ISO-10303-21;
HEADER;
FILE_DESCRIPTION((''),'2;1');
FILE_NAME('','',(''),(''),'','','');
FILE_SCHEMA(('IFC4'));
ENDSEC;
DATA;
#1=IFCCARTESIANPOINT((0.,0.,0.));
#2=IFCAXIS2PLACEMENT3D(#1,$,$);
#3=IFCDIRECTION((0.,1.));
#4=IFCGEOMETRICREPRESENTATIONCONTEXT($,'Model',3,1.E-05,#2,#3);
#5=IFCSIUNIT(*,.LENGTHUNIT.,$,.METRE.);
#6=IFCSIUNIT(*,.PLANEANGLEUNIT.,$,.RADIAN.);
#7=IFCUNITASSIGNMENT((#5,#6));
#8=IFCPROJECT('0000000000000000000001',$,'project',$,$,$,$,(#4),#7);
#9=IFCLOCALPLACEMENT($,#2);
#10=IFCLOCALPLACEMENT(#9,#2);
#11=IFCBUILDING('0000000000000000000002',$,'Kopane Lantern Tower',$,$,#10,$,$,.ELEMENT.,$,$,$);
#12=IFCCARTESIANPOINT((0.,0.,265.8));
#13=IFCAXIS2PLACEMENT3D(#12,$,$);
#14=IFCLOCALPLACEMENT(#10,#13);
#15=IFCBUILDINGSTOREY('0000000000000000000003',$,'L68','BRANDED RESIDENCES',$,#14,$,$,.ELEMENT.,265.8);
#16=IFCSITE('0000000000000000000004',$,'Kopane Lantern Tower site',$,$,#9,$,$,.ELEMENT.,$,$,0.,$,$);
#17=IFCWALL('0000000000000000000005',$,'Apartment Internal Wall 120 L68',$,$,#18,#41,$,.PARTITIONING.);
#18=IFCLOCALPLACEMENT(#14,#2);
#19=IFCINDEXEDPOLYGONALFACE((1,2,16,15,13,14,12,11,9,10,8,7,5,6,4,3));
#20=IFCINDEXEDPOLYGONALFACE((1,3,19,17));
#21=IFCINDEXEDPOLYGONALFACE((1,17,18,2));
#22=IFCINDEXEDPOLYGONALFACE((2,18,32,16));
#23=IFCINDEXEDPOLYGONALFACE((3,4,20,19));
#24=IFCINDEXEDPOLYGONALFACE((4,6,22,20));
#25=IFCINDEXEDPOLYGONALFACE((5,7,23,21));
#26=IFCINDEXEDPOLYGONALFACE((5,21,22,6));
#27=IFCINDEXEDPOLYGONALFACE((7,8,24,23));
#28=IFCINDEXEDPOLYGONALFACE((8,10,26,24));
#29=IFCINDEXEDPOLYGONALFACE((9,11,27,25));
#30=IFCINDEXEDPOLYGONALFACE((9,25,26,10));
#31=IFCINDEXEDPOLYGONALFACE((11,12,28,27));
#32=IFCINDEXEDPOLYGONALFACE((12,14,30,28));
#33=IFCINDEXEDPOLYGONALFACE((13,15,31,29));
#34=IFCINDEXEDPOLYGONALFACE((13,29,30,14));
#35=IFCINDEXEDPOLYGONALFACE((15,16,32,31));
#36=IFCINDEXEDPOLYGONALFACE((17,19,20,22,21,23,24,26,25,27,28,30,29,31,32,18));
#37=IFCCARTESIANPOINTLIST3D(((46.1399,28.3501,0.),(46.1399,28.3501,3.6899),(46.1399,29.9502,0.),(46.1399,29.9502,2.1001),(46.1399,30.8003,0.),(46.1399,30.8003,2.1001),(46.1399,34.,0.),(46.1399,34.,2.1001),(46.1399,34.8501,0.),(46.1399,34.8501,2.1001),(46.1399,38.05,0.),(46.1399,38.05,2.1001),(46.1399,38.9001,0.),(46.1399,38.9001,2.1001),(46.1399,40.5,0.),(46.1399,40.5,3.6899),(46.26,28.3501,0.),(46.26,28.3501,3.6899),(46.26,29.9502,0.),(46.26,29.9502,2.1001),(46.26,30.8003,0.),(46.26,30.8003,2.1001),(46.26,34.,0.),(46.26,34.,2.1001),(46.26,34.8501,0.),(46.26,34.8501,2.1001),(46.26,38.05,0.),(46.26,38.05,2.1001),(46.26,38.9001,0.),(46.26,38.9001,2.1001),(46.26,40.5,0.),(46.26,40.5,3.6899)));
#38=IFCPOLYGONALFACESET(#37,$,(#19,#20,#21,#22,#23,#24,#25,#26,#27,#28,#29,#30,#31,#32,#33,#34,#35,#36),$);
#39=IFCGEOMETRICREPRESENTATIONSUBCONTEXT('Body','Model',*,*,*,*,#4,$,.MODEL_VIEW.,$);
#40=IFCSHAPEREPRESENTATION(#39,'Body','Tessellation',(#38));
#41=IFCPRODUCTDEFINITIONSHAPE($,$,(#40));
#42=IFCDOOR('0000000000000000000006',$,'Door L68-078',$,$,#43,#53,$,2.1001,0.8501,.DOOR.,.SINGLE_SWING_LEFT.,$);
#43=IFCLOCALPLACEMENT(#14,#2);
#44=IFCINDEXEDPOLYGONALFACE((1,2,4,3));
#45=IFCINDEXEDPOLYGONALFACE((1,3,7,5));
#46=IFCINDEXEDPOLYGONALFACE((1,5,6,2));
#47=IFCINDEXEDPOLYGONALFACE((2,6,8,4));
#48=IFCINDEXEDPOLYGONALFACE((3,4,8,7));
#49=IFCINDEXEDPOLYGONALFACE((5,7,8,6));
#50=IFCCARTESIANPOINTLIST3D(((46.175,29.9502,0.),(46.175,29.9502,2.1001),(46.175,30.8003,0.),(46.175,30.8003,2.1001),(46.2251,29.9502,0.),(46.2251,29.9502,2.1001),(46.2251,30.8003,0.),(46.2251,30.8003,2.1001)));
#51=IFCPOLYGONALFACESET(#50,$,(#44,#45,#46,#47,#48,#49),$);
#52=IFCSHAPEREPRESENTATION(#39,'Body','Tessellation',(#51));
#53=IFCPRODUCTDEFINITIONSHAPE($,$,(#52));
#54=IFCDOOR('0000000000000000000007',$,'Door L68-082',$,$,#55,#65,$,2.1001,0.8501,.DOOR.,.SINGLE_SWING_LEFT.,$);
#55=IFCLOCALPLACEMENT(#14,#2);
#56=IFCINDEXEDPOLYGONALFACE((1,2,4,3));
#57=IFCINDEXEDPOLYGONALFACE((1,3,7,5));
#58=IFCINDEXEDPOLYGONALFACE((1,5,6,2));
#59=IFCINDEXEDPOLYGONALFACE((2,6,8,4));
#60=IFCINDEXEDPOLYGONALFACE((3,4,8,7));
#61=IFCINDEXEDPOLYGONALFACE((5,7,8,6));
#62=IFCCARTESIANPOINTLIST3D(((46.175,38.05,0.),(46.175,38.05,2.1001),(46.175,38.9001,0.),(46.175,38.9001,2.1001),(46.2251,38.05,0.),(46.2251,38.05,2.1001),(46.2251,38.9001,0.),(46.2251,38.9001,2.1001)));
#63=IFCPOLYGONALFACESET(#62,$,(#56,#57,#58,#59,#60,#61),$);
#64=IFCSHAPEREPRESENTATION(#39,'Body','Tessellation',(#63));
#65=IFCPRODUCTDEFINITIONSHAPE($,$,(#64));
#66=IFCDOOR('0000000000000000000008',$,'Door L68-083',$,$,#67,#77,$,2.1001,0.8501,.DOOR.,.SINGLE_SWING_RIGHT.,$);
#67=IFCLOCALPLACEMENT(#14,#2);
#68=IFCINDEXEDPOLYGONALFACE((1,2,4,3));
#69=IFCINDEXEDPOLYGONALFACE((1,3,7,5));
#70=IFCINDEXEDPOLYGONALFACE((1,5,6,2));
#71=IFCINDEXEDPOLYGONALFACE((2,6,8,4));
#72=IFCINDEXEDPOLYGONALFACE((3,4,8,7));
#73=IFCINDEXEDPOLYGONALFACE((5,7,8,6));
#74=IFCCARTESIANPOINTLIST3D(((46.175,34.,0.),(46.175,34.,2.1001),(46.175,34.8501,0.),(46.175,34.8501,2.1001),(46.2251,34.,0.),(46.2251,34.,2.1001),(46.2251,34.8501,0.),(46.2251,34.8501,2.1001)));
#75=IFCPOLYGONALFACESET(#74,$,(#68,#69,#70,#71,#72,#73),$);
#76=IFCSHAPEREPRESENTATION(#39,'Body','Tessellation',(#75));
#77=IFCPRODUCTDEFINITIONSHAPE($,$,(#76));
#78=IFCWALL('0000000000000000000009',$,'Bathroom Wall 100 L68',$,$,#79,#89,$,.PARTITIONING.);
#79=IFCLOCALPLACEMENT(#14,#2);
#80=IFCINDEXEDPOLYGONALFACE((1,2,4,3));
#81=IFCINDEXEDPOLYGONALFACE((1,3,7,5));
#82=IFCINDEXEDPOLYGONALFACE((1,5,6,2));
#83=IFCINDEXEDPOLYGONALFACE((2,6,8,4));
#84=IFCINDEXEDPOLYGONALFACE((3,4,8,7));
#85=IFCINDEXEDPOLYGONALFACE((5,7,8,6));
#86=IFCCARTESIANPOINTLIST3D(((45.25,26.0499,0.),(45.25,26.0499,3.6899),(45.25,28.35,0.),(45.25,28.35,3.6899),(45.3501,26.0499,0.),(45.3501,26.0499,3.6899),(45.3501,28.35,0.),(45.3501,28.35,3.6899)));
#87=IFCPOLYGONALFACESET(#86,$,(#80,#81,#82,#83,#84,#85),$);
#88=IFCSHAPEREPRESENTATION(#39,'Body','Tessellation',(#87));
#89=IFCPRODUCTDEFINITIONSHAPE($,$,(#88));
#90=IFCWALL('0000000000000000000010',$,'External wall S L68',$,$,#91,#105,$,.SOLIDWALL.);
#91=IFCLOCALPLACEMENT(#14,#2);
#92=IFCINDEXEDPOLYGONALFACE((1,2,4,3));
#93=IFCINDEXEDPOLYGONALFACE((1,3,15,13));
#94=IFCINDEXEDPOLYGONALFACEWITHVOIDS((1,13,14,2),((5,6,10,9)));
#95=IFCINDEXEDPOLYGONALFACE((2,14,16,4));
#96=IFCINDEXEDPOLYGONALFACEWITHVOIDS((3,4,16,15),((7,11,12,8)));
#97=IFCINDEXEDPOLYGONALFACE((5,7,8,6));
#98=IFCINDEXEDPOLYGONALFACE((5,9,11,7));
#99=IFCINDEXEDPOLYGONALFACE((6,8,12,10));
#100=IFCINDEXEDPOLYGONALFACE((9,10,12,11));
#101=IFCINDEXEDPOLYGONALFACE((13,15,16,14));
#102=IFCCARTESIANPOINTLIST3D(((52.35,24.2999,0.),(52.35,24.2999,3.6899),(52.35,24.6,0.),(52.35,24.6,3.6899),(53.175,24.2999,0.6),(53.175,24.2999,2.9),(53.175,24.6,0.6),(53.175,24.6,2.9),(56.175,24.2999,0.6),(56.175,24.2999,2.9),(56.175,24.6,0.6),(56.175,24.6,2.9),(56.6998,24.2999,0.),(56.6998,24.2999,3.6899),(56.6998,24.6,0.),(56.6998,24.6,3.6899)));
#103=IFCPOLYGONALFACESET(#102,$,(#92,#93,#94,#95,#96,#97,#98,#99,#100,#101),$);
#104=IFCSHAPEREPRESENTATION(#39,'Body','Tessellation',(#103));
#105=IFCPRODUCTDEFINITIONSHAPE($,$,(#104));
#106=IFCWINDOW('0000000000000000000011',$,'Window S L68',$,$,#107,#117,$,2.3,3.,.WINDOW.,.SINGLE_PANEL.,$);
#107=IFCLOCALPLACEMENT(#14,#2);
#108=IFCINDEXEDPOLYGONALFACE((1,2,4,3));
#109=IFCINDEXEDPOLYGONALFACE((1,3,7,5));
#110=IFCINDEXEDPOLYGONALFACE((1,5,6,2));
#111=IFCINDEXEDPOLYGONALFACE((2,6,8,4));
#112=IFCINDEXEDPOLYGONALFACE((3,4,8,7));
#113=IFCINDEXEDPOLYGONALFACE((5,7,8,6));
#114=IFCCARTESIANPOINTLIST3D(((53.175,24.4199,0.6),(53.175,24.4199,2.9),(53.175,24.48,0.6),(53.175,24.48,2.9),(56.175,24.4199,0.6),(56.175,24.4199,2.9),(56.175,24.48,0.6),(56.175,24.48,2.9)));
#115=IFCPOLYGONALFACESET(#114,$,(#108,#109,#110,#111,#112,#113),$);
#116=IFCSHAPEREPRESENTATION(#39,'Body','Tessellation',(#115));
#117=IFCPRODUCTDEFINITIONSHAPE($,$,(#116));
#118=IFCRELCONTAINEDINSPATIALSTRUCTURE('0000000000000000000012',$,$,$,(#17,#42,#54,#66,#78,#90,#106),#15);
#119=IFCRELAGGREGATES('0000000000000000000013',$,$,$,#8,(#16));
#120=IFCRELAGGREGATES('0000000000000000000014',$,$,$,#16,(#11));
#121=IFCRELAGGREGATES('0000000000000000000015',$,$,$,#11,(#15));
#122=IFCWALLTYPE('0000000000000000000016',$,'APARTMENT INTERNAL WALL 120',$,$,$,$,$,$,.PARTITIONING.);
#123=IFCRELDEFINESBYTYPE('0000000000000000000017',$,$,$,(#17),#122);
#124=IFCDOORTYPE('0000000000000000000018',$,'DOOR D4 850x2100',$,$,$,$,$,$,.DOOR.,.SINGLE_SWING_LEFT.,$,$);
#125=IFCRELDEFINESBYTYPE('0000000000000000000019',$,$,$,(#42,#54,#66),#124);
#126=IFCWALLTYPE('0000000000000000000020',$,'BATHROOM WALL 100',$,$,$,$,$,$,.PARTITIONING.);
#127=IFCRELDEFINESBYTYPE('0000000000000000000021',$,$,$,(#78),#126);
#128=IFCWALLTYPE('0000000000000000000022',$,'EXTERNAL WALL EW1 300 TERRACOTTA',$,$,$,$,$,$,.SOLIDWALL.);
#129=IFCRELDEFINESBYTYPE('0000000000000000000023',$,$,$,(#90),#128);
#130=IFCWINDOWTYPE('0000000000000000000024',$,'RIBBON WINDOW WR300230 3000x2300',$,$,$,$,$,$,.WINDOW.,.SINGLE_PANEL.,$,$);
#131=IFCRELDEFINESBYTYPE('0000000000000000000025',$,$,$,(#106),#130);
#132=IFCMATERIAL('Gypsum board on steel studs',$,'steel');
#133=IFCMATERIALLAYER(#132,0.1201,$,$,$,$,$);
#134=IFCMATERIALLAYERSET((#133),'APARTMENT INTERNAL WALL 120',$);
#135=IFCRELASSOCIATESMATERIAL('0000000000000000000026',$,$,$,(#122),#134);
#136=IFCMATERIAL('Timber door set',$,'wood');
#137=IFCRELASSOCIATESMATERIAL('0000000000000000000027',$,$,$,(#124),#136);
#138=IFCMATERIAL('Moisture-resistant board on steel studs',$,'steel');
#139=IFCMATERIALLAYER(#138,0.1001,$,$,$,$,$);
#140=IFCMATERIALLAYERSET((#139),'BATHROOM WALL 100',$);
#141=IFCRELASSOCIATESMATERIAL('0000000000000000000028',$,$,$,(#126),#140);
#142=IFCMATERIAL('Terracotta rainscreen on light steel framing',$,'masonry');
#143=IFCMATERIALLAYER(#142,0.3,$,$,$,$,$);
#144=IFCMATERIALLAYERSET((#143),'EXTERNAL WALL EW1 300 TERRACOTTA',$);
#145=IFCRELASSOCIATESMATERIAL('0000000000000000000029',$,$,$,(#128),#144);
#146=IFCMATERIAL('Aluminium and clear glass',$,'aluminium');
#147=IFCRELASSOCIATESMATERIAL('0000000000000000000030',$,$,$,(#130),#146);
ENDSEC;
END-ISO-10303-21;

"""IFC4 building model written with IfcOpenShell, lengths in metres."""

from ifc_helpers import new_model, si_unit, direction, frame, frame_2d, origin, place, context, subcontext, project, spatial, rectangle, extrude, material, layer, layer_set, type_object, element, fill, save


model = new_model("IFC4")

# Units and contexts
model_context = context("Model", 3, precision=1e-05, world=origin(), true_north=direction((0.0, 1.0)))
body_context = subcontext(model_context, "Body", "Model", "MODEL_VIEW")
ifc_project = project(units=[si_unit("LENGTHUNIT", "METRE"), si_unit("PLANEANGLEUNIT", "RADIAN")], contexts=[model_context])

# Site, building, storey
site_placement = place(None, origin())
site = spatial("IfcSite", under=ifc_project, at=site_placement, Name="Kopane Lantern Tower site", CompositionType="ELEMENT", RefElevation=0.0)
building_placement = place(site_placement, origin())
building = spatial("IfcBuilding", under=site, at=building_placement, Name="Kopane Lantern Tower", CompositionType="ELEMENT")
storey_placement = place(building_placement, frame((0.0, 0.0, 265.8)))
storey = spatial("IfcBuildingStorey", under=building, at=storey_placement, Name="L68", Description="BRANDED RESIDENCES", CompositionType="ELEMENT", Elevation=265.8)

# Wall, openings, doors
ifc_material_1 = material(Name="Gypsum board on steel studs", Category="steel")
ifc_layer_1 = layer(ifc_material_1, 0.1201)
ifc_layer_set_1 = layer_set([ifc_layer_1], Name="APARTMENT INTERNAL WALL 120")
wall_type_1 = type_object("IfcWallType", Name="APARTMENT INTERNAL WALL 120", PredefinedType="PARTITIONING", material=ifc_layer_set_1)
wall_1_placement = place(storey_placement, frame((46.2, 28.3501, 0.0), z_axis=(0.0, 0.0, 1.0), x_axis=(0.0, 1.0, 0.0)))
wall_1 = element("IfcWall", 1, at=wall_1_placement, inside=storey, type_object=wall_type_1, Name="Apartment Internal Wall 120 L68", PredefinedType="PARTITIONING", context=body_context, shape_type="SweptSolid", body=[
    extrude(rectangle(XDim=12.1499, YDim=0.1201, at=frame_2d((6.075, 0.0))), origin(), (0.0, 0.0, 1.0), 3.6899),
])
opening_1_placement = place(wall_1_placement, frame((1.6001, 0.0, 0.0)))
opening_1 = element("IfcOpeningElement", 2, at=opening_1_placement, cuts=wall_1, PredefinedType="OPENING", context=body_context, shape_type="SweptSolid", body=[
    extrude(rectangle(XDim=0.8501, YDim=2.1001, at=frame_2d((0.425, 1.05))), frame((0.0, 0.0701, 0.0), z_axis=(0.0, -1.0, 0.0), x_axis=(1.0, 0.0, 0.0)), (0.0, 0.0, 1.0), 0.1401),
])
opening_2_placement = place(wall_1_placement, frame((9.7, 0.0, 0.0)))
opening_2 = element("IfcOpeningElement", 3, at=opening_2_placement, cuts=wall_1, PredefinedType="OPENING", context=body_context, shape_type="SweptSolid", body=[
    extrude(rectangle(XDim=0.8501, YDim=2.1001, at=frame_2d((0.425, 1.05))), frame((0.0, 0.0701, 0.0), z_axis=(0.0, -1.0, 0.0), x_axis=(1.0, 0.0, 0.0)), (0.0, 0.0, 1.0), 0.1401),
])
opening_3_placement = place(wall_1_placement, frame((5.6499, 0.0, 0.0)))
opening_3 = element("IfcOpeningElement", 4, at=opening_3_placement, cuts=wall_1, PredefinedType="OPENING", context=body_context, shape_type="SweptSolid", body=[
    extrude(rectangle(XDim=0.8501, YDim=2.1001, at=frame_2d((0.425, 1.05))), frame((0.0, 0.0701, 0.0), z_axis=(0.0, -1.0, 0.0), x_axis=(1.0, 0.0, 0.0)), (0.0, 0.0, 1.0), 0.1401),
])
ifc_material_2 = material(Name="Timber door set", Category="wood")
door_type = type_object("IfcDoorType", Name="DOOR D4 850x2100", OperationType="SINGLE_SWING_LEFT", PredefinedType="DOOR", material=ifc_material_2)
door_1_placement = place(opening_1_placement, origin())
door_1 = element("IfcDoor", 5, at=door_1_placement, inside=storey, type_object=door_type, Name="Door L68-078", OperationType="SINGLE_SWING_LEFT", OverallHeight=2.1001, OverallWidth=0.8501, PredefinedType="DOOR", context=body_context, shape_type="SweptSolid", body=[
    extrude(rectangle(XDim=0.8501, YDim=2.1001, at=frame_2d((0.425, 1.05))), frame((0.0, 0.0249, 0.0), z_axis=(0.0, -1.0, 0.0), x_axis=(1.0, 0.0, 0.0)), (0.0, 0.0, 1.0), 0.05),
])
fill(opening_1, door_1)
door_2_placement = place(opening_2_placement, origin())
door_2 = element("IfcDoor", 6, at=door_2_placement, inside=storey, type_object=door_type, Name="Door L68-082", OperationType="SINGLE_SWING_LEFT", OverallHeight=2.1001, OverallWidth=0.8501, PredefinedType="DOOR", context=body_context, shape_type="SweptSolid", body=[
    extrude(rectangle(XDim=0.8501, YDim=2.1001, at=frame_2d((0.425, 1.05))), frame((0.0, 0.0249, 0.0), z_axis=(0.0, -1.0, 0.0), x_axis=(1.0, 0.0, 0.0)), (0.0, 0.0, 1.0), 0.05),
])
fill(opening_2, door_2)
door_3_placement = place(opening_3_placement, origin())
door_3 = element("IfcDoor", 7, at=door_3_placement, inside=storey, type_object=door_type, Name="Door L68-083", OperationType="SINGLE_SWING_RIGHT", OverallHeight=2.1001, OverallWidth=0.8501, PredefinedType="DOOR", context=body_context, shape_type="SweptSolid", body=[
    extrude(rectangle(XDim=0.8501, YDim=2.1001, at=frame_2d((0.425, 1.05))), frame((0.0, 0.0249, 0.0), z_axis=(0.0, -1.0, 0.0), x_axis=(1.0, 0.0, 0.0)), (0.0, 0.0, 1.0), 0.05),
])
fill(opening_3, door_3)

# Wall
ifc_material_3 = material(Name="Moisture-resistant board on steel studs", Category="steel")
ifc_layer_2 = layer(ifc_material_3, 0.1001)
ifc_layer_set_2 = layer_set([ifc_layer_2], Name="BATHROOM WALL 100")
wall_type_2 = type_object("IfcWallType", Name="BATHROOM WALL 100", PredefinedType="PARTITIONING", material=ifc_layer_set_2)
wall_2_placement = place(storey_placement, frame((45.3, 26.05, 0.0), z_axis=(0.0, 0.0, 1.0), x_axis=(0.0, 1.0, 0.0)))
element("IfcWall", 8, at=wall_2_placement, inside=storey, type_object=wall_type_2, Name="Bathroom Wall 100 L68", PredefinedType="PARTITIONING", context=body_context, shape_type="SweptSolid", body=[
    extrude(rectangle(XDim=2.3, YDim=0.1001, at=frame_2d((1.1499, 0.0))), origin(), (0.0, 0.0, 1.0), 3.6899),
])

# Wall, opening, window
ifc_material_4 = material(Name="Terracotta rainscreen on light steel framing", Category="masonry")
ifc_layer_3 = layer(ifc_material_4, 0.3)
ifc_layer_set_3 = layer_set([ifc_layer_3], Name="EXTERNAL WALL EW1 300 TERRACOTTA")
wall_type_3 = type_object("IfcWallType", Name="EXTERNAL WALL EW1 300 TERRACOTTA", PredefinedType="SOLIDWALL", material=ifc_layer_set_3)
wall_3_placement = place(storey_placement, frame((52.3501, 24.45, 0.0), z_axis=(0.0, 0.0, 1.0), x_axis=(1.0, 0.0, 0.0)))
wall_3 = element("IfcWall", 9, at=wall_3_placement, inside=storey, type_object=wall_type_3, Name="External wall S L68", PredefinedType="SOLIDWALL", context=body_context, shape_type="SweptSolid", body=[
    extrude(rectangle(XDim=4.3499, YDim=0.3, at=frame_2d((2.1748, 0.0))), origin(), (0.0, 0.0, 1.0), 3.6899),
])
opening_4_placement = place(wall_3_placement, frame((0.825, 0.0, 0.6001)))
opening_4 = element("IfcOpeningElement", 10, at=opening_4_placement, cuts=wall_3, PredefinedType="OPENING", context=body_context, shape_type="SweptSolid", body=[
    extrude(rectangle(XDim=3.0, YDim=2.3, at=frame_2d((1.5, 1.1499))), frame((0.0, 0.1599, 0.0), z_axis=(0.0, -1.0, 0.0), x_axis=(1.0, 0.0, 0.0)), (0.0, 0.0, 1.0), 0.3201),
])
ifc_material_5 = material(Name="Aluminium and clear glass", Category="aluminium")
window_type_1 = type_object("IfcWindowType", Name="RIBBON WINDOW WR300230 3000x2300", PartitioningType="SINGLE_PANEL", PredefinedType="WINDOW", material=ifc_material_5)
window_1_placement = place(opening_4_placement, origin())
window_1 = element("IfcWindow", 11, at=window_1_placement, inside=storey, type_object=window_type_1, Name="Window S L68", OverallHeight=2.3, OverallWidth=3.0, PartitioningType="SINGLE_PANEL", PredefinedType="WINDOW", context=body_context, shape_type="SweptSolid", body=[
    extrude(rectangle(XDim=3.0, YDim=2.3, at=frame_2d((1.5, 1.1499))), frame((0.0, 0.03, 0.0), z_axis=(0.0, -1.0, 0.0), x_axis=(1.0, 0.0, 0.0)), (0.0, 0.0, 1.0), 0.0601),
])
fill(opening_4, window_1)

save(model, "model.ifc")
